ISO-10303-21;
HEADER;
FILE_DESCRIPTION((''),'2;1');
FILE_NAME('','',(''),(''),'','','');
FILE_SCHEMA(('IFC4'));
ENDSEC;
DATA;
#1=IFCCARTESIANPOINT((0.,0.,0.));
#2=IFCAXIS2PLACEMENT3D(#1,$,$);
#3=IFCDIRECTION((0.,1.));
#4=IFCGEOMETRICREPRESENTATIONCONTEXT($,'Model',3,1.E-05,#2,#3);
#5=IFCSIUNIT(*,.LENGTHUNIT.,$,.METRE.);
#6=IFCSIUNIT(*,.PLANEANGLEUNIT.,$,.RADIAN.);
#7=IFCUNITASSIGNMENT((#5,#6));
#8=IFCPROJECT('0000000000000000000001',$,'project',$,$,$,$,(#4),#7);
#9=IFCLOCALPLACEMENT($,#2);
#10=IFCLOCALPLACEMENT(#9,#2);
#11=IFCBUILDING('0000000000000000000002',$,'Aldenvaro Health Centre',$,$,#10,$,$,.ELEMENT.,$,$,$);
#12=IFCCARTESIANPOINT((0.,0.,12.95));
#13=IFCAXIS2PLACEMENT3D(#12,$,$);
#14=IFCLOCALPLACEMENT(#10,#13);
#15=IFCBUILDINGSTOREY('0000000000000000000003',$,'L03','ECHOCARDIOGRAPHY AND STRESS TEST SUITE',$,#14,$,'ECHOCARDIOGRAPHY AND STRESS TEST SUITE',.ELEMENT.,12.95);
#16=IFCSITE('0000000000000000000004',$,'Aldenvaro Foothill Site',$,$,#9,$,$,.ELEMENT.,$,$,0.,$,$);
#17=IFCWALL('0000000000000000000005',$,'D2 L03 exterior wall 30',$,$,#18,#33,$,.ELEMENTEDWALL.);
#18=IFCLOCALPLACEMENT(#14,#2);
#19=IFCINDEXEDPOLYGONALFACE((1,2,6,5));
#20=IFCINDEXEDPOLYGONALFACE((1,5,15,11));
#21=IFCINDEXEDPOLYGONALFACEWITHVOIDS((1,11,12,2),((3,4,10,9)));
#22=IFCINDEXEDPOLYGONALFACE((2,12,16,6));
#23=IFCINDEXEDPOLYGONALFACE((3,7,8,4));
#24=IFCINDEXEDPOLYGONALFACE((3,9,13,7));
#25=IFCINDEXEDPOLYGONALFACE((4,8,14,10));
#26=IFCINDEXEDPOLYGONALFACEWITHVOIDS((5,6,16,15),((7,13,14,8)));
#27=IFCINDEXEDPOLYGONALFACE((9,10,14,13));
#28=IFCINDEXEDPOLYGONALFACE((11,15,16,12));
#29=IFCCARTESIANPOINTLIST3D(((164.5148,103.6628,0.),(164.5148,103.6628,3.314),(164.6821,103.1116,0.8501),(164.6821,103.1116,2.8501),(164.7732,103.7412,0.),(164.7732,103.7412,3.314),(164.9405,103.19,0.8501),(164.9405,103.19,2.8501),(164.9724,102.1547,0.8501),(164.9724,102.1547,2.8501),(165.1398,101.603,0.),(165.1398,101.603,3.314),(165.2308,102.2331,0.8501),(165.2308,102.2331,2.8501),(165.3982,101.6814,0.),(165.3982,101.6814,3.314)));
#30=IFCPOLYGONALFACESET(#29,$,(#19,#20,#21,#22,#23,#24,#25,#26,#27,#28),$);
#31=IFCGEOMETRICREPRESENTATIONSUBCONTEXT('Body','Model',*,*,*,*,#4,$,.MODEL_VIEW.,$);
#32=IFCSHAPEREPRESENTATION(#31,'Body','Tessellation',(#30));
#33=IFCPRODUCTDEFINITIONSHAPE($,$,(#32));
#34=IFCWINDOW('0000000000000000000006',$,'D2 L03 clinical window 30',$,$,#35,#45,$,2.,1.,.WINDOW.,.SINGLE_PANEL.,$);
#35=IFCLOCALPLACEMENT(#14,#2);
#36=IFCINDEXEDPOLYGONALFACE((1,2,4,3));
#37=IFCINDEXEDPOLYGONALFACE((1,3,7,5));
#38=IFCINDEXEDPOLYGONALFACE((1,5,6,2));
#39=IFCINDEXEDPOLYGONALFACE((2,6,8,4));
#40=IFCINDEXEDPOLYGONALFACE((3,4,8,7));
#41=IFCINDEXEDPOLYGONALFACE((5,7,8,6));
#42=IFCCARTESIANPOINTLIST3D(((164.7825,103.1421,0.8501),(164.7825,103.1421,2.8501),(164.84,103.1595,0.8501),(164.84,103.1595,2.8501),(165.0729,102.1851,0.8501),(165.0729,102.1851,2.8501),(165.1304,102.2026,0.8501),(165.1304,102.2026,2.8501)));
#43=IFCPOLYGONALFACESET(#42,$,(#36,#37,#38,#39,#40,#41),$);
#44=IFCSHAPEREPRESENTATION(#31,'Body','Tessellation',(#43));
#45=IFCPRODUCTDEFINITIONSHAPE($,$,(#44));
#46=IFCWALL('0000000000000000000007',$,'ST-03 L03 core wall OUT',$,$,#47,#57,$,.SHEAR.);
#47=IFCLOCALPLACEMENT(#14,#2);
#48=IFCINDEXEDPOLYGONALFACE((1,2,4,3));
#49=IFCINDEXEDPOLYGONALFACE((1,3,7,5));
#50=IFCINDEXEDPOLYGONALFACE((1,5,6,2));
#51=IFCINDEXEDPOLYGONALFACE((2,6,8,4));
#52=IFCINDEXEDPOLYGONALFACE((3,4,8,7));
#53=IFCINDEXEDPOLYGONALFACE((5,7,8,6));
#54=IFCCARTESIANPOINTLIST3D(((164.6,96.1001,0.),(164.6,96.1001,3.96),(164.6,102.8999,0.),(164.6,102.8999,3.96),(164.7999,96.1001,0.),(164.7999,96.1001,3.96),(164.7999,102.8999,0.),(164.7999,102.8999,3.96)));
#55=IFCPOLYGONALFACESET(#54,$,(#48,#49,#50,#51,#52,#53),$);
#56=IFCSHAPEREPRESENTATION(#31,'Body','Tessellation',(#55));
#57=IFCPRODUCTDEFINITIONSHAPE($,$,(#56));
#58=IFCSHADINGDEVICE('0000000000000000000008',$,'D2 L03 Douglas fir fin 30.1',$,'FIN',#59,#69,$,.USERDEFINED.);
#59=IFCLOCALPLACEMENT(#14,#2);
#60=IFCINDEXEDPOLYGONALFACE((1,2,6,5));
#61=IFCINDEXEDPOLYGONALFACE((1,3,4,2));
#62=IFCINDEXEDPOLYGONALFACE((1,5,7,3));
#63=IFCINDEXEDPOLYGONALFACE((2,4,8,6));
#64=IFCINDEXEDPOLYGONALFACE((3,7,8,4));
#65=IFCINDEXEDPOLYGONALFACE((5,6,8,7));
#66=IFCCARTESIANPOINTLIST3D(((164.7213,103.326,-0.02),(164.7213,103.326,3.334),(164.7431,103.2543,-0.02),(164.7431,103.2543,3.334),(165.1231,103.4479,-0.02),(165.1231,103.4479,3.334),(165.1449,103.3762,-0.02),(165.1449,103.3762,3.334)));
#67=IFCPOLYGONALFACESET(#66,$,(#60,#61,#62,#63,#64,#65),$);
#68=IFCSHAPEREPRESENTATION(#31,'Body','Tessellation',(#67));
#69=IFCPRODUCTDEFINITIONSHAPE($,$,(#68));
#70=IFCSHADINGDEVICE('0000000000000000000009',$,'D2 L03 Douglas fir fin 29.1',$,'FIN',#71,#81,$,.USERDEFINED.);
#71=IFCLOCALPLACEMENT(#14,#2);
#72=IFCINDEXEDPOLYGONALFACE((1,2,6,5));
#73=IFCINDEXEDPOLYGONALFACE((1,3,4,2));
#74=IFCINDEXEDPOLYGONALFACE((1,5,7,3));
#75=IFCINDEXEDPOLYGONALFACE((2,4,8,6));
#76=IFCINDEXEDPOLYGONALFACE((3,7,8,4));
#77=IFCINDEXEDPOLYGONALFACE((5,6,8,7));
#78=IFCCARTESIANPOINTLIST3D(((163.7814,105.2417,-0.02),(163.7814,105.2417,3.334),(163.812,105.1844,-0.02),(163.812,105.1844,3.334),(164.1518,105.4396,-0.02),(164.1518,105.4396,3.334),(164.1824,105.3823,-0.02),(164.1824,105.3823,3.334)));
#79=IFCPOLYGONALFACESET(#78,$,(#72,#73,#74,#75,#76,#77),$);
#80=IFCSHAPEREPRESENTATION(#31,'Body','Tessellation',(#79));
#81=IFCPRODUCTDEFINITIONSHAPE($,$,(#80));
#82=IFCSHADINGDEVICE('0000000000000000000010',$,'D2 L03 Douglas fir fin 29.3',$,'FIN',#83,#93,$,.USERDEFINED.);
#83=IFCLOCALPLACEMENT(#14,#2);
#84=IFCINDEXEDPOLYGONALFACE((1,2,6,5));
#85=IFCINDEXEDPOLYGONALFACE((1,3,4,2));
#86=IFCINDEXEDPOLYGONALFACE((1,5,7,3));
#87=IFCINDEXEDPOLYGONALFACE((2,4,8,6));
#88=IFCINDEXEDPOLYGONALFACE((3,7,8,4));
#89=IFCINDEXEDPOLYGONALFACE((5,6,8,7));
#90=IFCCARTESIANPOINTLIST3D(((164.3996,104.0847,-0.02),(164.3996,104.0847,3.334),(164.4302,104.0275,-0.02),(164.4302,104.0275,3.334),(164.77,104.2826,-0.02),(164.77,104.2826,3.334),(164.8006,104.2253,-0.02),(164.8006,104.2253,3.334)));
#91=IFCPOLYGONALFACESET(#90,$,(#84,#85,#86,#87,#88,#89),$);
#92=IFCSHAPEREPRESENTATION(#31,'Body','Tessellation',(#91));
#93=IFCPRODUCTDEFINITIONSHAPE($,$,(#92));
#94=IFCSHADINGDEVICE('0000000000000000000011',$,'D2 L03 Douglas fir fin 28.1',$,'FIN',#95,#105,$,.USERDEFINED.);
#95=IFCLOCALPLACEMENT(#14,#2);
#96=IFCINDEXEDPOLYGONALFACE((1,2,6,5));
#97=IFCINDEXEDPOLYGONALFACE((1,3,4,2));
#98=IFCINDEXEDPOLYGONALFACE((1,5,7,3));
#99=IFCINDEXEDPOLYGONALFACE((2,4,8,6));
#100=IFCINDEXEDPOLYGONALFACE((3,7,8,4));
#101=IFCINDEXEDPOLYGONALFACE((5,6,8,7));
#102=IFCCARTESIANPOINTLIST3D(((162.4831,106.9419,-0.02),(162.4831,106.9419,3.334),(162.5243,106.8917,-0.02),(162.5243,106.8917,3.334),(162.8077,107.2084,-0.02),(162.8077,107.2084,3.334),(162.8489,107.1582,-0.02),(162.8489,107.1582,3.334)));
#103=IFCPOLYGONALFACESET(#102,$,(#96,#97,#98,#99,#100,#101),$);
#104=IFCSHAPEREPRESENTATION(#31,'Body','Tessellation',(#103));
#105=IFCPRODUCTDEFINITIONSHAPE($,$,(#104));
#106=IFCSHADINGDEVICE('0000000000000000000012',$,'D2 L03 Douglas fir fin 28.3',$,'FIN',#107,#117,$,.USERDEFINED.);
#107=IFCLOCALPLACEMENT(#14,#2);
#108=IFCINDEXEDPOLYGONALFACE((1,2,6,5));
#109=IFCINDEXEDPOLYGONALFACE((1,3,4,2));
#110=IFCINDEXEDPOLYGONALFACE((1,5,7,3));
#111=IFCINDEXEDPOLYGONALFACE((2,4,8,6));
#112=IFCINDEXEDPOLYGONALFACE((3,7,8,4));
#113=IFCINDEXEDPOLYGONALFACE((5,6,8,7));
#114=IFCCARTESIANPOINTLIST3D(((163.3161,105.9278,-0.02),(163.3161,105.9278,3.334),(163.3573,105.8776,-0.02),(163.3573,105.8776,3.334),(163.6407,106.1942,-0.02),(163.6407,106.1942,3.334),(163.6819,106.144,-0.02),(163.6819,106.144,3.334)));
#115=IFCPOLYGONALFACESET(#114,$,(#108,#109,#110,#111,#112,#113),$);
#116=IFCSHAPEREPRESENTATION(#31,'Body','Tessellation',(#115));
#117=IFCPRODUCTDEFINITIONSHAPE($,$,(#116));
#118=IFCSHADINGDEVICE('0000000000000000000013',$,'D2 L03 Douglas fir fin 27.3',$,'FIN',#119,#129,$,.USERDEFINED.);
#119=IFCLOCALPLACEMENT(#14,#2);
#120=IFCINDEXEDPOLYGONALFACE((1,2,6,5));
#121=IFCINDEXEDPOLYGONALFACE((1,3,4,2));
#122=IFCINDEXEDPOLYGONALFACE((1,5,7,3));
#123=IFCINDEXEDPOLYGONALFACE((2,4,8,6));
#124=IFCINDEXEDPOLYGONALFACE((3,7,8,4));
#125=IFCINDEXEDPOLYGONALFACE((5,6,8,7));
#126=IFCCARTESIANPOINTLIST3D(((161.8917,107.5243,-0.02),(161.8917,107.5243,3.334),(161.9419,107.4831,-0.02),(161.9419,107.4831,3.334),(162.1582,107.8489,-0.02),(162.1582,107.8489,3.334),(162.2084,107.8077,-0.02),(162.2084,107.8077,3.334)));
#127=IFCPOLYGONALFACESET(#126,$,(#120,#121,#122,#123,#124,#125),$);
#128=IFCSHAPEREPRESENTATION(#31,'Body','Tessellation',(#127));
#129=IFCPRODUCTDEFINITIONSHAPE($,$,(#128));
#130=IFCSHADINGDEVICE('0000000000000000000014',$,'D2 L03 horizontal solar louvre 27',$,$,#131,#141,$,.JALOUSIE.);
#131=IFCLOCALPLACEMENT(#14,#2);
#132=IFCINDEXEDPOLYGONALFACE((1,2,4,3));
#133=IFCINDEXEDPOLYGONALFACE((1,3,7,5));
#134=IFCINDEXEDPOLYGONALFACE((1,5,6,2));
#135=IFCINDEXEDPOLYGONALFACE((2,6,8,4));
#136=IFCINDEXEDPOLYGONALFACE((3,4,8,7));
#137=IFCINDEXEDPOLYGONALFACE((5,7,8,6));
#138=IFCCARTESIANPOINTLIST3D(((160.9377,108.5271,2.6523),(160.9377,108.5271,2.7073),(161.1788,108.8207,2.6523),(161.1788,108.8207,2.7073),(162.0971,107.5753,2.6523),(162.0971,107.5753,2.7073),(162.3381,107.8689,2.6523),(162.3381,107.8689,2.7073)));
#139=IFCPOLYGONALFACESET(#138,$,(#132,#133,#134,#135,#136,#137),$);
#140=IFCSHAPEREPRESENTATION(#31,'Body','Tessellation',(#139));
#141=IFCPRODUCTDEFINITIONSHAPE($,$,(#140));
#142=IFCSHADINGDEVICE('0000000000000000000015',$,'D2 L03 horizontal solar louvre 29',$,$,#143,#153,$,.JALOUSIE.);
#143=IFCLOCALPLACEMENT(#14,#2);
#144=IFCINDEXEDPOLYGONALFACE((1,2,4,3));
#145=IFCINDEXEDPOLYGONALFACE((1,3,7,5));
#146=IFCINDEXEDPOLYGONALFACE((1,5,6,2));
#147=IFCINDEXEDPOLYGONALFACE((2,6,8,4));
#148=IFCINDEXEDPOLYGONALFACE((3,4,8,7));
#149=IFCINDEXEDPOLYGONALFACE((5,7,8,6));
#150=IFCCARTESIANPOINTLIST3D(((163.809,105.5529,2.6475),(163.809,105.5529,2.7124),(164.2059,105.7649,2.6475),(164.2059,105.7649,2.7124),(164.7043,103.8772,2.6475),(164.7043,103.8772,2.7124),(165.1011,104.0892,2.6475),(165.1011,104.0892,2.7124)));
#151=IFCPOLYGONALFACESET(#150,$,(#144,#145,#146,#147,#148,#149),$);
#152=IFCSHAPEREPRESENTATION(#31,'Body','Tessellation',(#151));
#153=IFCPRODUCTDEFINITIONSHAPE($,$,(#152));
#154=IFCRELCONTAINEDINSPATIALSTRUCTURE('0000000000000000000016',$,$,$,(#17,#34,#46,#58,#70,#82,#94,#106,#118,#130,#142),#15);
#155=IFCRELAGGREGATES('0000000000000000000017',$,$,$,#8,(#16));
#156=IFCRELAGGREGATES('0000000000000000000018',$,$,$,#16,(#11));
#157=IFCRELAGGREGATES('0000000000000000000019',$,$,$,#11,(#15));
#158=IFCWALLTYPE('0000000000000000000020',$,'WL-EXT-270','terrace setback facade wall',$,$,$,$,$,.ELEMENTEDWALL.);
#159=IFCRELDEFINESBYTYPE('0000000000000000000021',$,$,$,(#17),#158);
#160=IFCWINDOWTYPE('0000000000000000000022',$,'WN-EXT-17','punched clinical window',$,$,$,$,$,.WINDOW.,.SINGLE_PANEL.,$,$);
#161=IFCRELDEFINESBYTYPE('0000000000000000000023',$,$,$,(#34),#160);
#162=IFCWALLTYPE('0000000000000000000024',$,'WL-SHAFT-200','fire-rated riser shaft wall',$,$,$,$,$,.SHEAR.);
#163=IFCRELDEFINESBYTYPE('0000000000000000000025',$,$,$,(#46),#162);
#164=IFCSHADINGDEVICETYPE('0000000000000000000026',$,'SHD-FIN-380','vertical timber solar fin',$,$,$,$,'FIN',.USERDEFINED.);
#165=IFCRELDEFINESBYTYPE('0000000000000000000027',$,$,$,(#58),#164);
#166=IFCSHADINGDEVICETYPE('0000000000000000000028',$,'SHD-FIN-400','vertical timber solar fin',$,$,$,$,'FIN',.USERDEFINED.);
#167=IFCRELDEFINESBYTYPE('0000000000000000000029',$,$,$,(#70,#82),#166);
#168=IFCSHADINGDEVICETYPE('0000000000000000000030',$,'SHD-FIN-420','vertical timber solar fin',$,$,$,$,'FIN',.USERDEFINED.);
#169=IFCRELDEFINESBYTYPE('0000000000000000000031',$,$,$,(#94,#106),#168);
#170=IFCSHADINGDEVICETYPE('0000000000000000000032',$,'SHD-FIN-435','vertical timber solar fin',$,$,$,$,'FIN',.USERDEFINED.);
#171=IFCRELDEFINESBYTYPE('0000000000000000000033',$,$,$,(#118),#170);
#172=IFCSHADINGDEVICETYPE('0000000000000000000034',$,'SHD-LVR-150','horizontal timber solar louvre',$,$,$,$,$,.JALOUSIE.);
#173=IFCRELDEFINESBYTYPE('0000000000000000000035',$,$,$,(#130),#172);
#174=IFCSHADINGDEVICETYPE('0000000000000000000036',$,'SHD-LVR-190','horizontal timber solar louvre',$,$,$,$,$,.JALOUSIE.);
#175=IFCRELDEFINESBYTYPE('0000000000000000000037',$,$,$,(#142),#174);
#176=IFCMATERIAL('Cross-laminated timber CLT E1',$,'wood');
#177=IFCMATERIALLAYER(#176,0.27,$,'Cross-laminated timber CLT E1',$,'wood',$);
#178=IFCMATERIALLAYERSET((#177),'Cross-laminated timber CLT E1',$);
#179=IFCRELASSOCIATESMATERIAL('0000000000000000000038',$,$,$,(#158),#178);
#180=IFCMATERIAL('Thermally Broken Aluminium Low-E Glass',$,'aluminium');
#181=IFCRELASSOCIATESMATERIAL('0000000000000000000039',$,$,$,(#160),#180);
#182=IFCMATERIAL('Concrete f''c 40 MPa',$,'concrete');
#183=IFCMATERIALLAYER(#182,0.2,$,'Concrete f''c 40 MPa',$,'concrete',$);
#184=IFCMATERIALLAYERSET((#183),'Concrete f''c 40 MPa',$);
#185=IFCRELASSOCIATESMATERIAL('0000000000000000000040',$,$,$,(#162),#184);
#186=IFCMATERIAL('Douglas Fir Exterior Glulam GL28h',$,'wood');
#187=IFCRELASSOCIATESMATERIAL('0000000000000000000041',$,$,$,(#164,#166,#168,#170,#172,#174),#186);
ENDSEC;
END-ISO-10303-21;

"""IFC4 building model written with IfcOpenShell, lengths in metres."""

from ifc_helpers import new_model, si_unit, direction, frame, frame_2d, origin, origin_2d, place, context, subcontext, project, spatial, rectangle, extrude, material, layer, layer_set, type_object, element, fill, save


model = new_model("IFC4")

# Units and contexts
model_context = context("Model", 3, precision=1e-05, world=origin(), true_north=direction((0.0, 1.0)))
body_context = subcontext(model_context, "Body", "Model", "MODEL_VIEW")
ifc_project = project(units=[si_unit("LENGTHUNIT", "METRE"), si_unit("PLANEANGLEUNIT", "RADIAN")], contexts=[model_context])

# Site, building, storey
site_placement = place(None, origin())
site = spatial("IfcSite", under=ifc_project, at=site_placement, Name="Aldenvaro Foothill Site", CompositionType="ELEMENT", RefElevation=0.0)
building_placement = place(site_placement, origin())
building = spatial("IfcBuilding", under=site, at=building_placement, Name="Aldenvaro Health Centre", CompositionType="ELEMENT")
storey_placement = place(building_placement, frame((0.0, 0.0, 12.95)))
storey = spatial("IfcBuildingStorey", under=building, at=storey_placement, Name="L03", Description="ECHOCARDIOGRAPHY AND STRESS TEST SUITE", LongName="ECHOCARDIOGRAPHY AND STRESS TEST SUITE", CompositionType="ELEMENT", Elevation=12.95)

# Wall, opening, window
ifc_material_1 = material(Name="Cross-laminated timber CLT E1", Category="wood")
ifc_layer_1 = layer(ifc_material_1, 0.27, Name="Cross-laminated timber CLT E1", Category="wood")
ifc_layer_set_1 = layer_set([ifc_layer_1], Name="Cross-laminated timber CLT E1")
wall_type_1 = type_object("IfcWallType", Name="WL-EXT-270", Description="terrace setback facade wall", PredefinedType="ELEMENTEDWALL", material=ifc_layer_set_1)
ifc_material_2 = material(Name="Thermally Broken Aluminium Low-E Glass", Category="aluminium")
wall_1_placement = place(storey_placement, frame((164.644, 103.7019, 0.0), z_axis=(0.0, 0.0, 1.0), x_axis=(0.290354, -0.956919, 0.0)))
wall_1 = element("IfcWall", 1, at=wall_1_placement, inside=storey, type_object=wall_type_1, Name="D2 L03 exterior wall 30", PredefinedType="ELEMENTEDWALL", context=body_context, shape_type="SweptSolid", body=[
    extrude(rectangle(XDim=2.1526, YDim=0.27, at=frame_2d((1.0762, 0.0))), origin(), (0.0, 0.0, 1.0), 3.314),
])
opening_1_placement = place(wall_1_placement, frame((0.5759, 0.0, 0.8501)))
opening_1 = element("IfcOpeningElement", 2, at=opening_1_placement, cuts=wall_1, PredefinedType="OPENING", context=body_context, shape_type="SweptSolid", body=[
    extrude(rectangle(XDim=1.0, YDim=2.0, at=frame_2d((0.5, 1.0))), frame((0.0, 0.145, 0.0), z_axis=(0.0, -1.0, 0.0), x_axis=(1.0, 0.0, 0.0)), (0.0, 0.0, 1.0), 0.29),
])
window_type_1 = type_object("IfcWindowType", Name="WN-EXT-17", Description="punched clinical window", PartitioningType="SINGLE_PANEL", PredefinedType="WINDOW", material=ifc_material_2)
window_1_placement = place(opening_1_placement, origin())
window_1 = element("IfcWindow", 3, at=window_1_placement, inside=storey, type_object=window_type_1, Name="D2 L03 clinical window 30", OverallHeight=2.0, OverallWidth=1.0, PartitioningType="SINGLE_PANEL", PredefinedType="WINDOW", context=body_context, shape_type="SweptSolid", body=[
    extrude(rectangle(XDim=1.0, YDim=2.0, at=frame_2d((0.5, 1.0))), frame((0.0, 0.03, 0.0), z_axis=(0.0, -1.0, 0.0), x_axis=(1.0, 0.0, 0.0)), (0.0, 0.0, 1.0), 0.0601),
])
fill(opening_1, window_1)

# Wall
ifc_material_3 = material(Name="Concrete f'c 40 MPa", Category="concrete")
ifc_layer_2 = layer(ifc_material_3, 0.2, Name="Concrete f'c 40 MPa", Category="concrete")
ifc_layer_set_2 = layer_set([ifc_layer_2], Name="Concrete f'c 40 MPa")
wall_type_2 = type_object("IfcWallType", Name="WL-SHAFT-200", Description="fire-rated riser shaft wall", PredefinedType="SHEAR", material=ifc_layer_set_2)
wall_2_placement = place(storey_placement, frame((164.7, 102.8999, 0.0), z_axis=(0.0, 0.0, 1.0), x_axis=(0.0, -1.0, 0.0)))
element("IfcWall", 4, at=wall_2_placement, inside=storey, type_object=wall_type_2, Name="ST-03 L03 core wall OUT", PredefinedType="SHEAR", context=body_context, shape_type="SweptSolid", body=[
    extrude(rectangle(XDim=6.7998, YDim=0.2, at=frame_2d((3.3999, 0.0))), origin(), (0.0, 0.0, 1.0), 3.96),
])

# Shading devices
ifc_material_4 = material(Name="Douglas Fir Exterior Glulam GL28h", Category="wood")
shading_device_type_1 = type_object("IfcShadingDeviceType", Name="SHD-FIN-380", Description="vertical timber solar fin", ElementType="FIN", PredefinedType="USERDEFINED", material=ifc_material_4)
shading_device_1_placement = place(storey_placement, frame((164.9331, 103.3511, -0.02), z_axis=(0.0, 0.0, 1.0), x_axis=(0.29033, -0.956927, 0.0)))
element("IfcShadingDevice", 5, at=shading_device_1_placement, inside=storey, type_object=shading_device_type_1, Name="D2 L03 Douglas fir fin 30.1", ObjectType="FIN", PredefinedType="USERDEFINED", context=body_context, shape_type="SweptSolid", body=[
    extrude(rectangle(XDim=0.075, YDim=0.4199, at=origin_2d()), origin(), (0.0, 0.0, 1.0), 3.354),
])
shading_device_type_2 = type_object("IfcShadingDeviceType", Name="SHD-FIN-400", Description="vertical timber solar fin", ElementType="FIN", PredefinedType="USERDEFINED", material=ifc_material_4)
for number, where, z_axis, x_axis, name in (
    (6, (163.9819, 105.312, -0.02), (0.0, 0.0, 1.0), (0.471215, -0.882018, 0.0), "D2 L03 Douglas fir fin 29.1"),
    (7, (164.6001, 104.155, -0.02), (0.0, 0.0, 1.0), (0.471215, -0.882018, 0.0), "D2 L03 Douglas fir fin 29.3"),
):
    element("IfcShadingDevice", number, at=place(storey_placement, frame(where, z_axis=z_axis, x_axis=x_axis)), inside=storey, type_object=shading_device_type_2, Name=name, ObjectType="FIN", PredefinedType="USERDEFINED", context=body_context, shape_type="SweptSolid", body=[
        extrude(rectangle(XDim=0.0649, YDim=0.4199, at=origin_2d()), origin(), (0.0, 0.0, 1.0), 3.354),
    ])
shading_device_type_3 = type_object("IfcShadingDeviceType", Name="SHD-FIN-420", Description="vertical timber solar fin", ElementType="FIN", PredefinedType="USERDEFINED", material=ifc_material_4)
for number, where, z_axis, x_axis, name in (
    (8, (162.666, 107.05, -0.02), (0.0, 0.0, 1.0), (0.634502, -0.772921, 0.0), "D2 L03 Douglas fir fin 28.1"),
    (9, (163.499, 106.0359, -0.02), (0.0, 0.0, 1.0), (0.634502, -0.772921, 0.0), "D2 L03 Douglas fir fin 28.3"),
):
    element("IfcShadingDevice", number, at=place(storey_placement, frame(where, z_axis=z_axis, x_axis=x_axis)), inside=storey, type_object=shading_device_type_3, Name=name, ObjectType="FIN", PredefinedType="USERDEFINED", context=body_context, shape_type="SweptSolid", body=[
        extrude(rectangle(XDim=0.0649, YDim=0.4199, at=origin_2d()), origin(), (0.0, 0.0, 1.0), 3.354),
    ])
shading_device_type_4 = type_object("IfcShadingDeviceType", Name="SHD-FIN-435", Description="vertical timber solar fin", ElementType="FIN", PredefinedType="USERDEFINED", material=ifc_material_4)
shading_device_2_placement = place(storey_placement, frame((162.05, 107.666, -0.02), z_axis=(0.0, 0.0, 1.0), x_axis=(0.772921, -0.634502, 0.0)))
element("IfcShadingDevice", 10, at=shading_device_2_placement, inside=storey, type_object=shading_device_type_4, Name="D2 L03 Douglas fir fin 27.3", ObjectType="FIN", PredefinedType="USERDEFINED", context=body_context, shape_type="SweptSolid", body=[
    extrude(rectangle(XDim=0.0649, YDim=0.4199, at=origin_2d()), origin(), (0.0, 0.0, 1.0), 3.354),
])
shading_device_type_5 = type_object("IfcShadingDeviceType", Name="SHD-LVR-150", Description="horizontal timber solar louvre", PredefinedType="JALOUSIE", material=ifc_material_4)
shading_device_3_placement = place(storey_placement, frame((161.6379, 108.198, 2.6523), z_axis=(0.0, 0.0, 1.0), x_axis=(0.772921, -0.634502, 0.0)))
element("IfcShadingDevice", 11, at=shading_device_3_placement, inside=storey, type_object=shading_device_type_5, Name="D2 L03 horizontal solar louvre 27", PredefinedType="JALOUSIE", context=body_context, shape_type="SweptSolid", body=[
    extrude(rectangle(XDim=1.5, YDim=0.3799, at=origin_2d()), origin(), (0.0, 0.0, 1.0), 0.0549),
])
shading_device_type_6 = type_object("IfcShadingDeviceType", Name="SHD-LVR-190", Description="horizontal timber solar louvre", PredefinedType="JALOUSIE", material=ifc_material_4)
shading_device_4_placement = place(storey_placement, frame((164.4551, 104.821, 2.6475), z_axis=(0.0, 0.0, 1.0), x_axis=(0.471215, -0.882018, 0.0)))
element("IfcShadingDevice", 12, at=shading_device_4_placement, inside=storey, type_object=shading_device_type_6, Name="D2 L03 horizontal solar louvre 29", PredefinedType="JALOUSIE", context=body_context, shape_type="SweptSolid", body=[
    extrude(rectangle(XDim=1.8999, YDim=0.45, at=origin_2d()), origin(), (0.0, 0.0, 1.0), 0.0649),
])

save(model, "model.ifc")
